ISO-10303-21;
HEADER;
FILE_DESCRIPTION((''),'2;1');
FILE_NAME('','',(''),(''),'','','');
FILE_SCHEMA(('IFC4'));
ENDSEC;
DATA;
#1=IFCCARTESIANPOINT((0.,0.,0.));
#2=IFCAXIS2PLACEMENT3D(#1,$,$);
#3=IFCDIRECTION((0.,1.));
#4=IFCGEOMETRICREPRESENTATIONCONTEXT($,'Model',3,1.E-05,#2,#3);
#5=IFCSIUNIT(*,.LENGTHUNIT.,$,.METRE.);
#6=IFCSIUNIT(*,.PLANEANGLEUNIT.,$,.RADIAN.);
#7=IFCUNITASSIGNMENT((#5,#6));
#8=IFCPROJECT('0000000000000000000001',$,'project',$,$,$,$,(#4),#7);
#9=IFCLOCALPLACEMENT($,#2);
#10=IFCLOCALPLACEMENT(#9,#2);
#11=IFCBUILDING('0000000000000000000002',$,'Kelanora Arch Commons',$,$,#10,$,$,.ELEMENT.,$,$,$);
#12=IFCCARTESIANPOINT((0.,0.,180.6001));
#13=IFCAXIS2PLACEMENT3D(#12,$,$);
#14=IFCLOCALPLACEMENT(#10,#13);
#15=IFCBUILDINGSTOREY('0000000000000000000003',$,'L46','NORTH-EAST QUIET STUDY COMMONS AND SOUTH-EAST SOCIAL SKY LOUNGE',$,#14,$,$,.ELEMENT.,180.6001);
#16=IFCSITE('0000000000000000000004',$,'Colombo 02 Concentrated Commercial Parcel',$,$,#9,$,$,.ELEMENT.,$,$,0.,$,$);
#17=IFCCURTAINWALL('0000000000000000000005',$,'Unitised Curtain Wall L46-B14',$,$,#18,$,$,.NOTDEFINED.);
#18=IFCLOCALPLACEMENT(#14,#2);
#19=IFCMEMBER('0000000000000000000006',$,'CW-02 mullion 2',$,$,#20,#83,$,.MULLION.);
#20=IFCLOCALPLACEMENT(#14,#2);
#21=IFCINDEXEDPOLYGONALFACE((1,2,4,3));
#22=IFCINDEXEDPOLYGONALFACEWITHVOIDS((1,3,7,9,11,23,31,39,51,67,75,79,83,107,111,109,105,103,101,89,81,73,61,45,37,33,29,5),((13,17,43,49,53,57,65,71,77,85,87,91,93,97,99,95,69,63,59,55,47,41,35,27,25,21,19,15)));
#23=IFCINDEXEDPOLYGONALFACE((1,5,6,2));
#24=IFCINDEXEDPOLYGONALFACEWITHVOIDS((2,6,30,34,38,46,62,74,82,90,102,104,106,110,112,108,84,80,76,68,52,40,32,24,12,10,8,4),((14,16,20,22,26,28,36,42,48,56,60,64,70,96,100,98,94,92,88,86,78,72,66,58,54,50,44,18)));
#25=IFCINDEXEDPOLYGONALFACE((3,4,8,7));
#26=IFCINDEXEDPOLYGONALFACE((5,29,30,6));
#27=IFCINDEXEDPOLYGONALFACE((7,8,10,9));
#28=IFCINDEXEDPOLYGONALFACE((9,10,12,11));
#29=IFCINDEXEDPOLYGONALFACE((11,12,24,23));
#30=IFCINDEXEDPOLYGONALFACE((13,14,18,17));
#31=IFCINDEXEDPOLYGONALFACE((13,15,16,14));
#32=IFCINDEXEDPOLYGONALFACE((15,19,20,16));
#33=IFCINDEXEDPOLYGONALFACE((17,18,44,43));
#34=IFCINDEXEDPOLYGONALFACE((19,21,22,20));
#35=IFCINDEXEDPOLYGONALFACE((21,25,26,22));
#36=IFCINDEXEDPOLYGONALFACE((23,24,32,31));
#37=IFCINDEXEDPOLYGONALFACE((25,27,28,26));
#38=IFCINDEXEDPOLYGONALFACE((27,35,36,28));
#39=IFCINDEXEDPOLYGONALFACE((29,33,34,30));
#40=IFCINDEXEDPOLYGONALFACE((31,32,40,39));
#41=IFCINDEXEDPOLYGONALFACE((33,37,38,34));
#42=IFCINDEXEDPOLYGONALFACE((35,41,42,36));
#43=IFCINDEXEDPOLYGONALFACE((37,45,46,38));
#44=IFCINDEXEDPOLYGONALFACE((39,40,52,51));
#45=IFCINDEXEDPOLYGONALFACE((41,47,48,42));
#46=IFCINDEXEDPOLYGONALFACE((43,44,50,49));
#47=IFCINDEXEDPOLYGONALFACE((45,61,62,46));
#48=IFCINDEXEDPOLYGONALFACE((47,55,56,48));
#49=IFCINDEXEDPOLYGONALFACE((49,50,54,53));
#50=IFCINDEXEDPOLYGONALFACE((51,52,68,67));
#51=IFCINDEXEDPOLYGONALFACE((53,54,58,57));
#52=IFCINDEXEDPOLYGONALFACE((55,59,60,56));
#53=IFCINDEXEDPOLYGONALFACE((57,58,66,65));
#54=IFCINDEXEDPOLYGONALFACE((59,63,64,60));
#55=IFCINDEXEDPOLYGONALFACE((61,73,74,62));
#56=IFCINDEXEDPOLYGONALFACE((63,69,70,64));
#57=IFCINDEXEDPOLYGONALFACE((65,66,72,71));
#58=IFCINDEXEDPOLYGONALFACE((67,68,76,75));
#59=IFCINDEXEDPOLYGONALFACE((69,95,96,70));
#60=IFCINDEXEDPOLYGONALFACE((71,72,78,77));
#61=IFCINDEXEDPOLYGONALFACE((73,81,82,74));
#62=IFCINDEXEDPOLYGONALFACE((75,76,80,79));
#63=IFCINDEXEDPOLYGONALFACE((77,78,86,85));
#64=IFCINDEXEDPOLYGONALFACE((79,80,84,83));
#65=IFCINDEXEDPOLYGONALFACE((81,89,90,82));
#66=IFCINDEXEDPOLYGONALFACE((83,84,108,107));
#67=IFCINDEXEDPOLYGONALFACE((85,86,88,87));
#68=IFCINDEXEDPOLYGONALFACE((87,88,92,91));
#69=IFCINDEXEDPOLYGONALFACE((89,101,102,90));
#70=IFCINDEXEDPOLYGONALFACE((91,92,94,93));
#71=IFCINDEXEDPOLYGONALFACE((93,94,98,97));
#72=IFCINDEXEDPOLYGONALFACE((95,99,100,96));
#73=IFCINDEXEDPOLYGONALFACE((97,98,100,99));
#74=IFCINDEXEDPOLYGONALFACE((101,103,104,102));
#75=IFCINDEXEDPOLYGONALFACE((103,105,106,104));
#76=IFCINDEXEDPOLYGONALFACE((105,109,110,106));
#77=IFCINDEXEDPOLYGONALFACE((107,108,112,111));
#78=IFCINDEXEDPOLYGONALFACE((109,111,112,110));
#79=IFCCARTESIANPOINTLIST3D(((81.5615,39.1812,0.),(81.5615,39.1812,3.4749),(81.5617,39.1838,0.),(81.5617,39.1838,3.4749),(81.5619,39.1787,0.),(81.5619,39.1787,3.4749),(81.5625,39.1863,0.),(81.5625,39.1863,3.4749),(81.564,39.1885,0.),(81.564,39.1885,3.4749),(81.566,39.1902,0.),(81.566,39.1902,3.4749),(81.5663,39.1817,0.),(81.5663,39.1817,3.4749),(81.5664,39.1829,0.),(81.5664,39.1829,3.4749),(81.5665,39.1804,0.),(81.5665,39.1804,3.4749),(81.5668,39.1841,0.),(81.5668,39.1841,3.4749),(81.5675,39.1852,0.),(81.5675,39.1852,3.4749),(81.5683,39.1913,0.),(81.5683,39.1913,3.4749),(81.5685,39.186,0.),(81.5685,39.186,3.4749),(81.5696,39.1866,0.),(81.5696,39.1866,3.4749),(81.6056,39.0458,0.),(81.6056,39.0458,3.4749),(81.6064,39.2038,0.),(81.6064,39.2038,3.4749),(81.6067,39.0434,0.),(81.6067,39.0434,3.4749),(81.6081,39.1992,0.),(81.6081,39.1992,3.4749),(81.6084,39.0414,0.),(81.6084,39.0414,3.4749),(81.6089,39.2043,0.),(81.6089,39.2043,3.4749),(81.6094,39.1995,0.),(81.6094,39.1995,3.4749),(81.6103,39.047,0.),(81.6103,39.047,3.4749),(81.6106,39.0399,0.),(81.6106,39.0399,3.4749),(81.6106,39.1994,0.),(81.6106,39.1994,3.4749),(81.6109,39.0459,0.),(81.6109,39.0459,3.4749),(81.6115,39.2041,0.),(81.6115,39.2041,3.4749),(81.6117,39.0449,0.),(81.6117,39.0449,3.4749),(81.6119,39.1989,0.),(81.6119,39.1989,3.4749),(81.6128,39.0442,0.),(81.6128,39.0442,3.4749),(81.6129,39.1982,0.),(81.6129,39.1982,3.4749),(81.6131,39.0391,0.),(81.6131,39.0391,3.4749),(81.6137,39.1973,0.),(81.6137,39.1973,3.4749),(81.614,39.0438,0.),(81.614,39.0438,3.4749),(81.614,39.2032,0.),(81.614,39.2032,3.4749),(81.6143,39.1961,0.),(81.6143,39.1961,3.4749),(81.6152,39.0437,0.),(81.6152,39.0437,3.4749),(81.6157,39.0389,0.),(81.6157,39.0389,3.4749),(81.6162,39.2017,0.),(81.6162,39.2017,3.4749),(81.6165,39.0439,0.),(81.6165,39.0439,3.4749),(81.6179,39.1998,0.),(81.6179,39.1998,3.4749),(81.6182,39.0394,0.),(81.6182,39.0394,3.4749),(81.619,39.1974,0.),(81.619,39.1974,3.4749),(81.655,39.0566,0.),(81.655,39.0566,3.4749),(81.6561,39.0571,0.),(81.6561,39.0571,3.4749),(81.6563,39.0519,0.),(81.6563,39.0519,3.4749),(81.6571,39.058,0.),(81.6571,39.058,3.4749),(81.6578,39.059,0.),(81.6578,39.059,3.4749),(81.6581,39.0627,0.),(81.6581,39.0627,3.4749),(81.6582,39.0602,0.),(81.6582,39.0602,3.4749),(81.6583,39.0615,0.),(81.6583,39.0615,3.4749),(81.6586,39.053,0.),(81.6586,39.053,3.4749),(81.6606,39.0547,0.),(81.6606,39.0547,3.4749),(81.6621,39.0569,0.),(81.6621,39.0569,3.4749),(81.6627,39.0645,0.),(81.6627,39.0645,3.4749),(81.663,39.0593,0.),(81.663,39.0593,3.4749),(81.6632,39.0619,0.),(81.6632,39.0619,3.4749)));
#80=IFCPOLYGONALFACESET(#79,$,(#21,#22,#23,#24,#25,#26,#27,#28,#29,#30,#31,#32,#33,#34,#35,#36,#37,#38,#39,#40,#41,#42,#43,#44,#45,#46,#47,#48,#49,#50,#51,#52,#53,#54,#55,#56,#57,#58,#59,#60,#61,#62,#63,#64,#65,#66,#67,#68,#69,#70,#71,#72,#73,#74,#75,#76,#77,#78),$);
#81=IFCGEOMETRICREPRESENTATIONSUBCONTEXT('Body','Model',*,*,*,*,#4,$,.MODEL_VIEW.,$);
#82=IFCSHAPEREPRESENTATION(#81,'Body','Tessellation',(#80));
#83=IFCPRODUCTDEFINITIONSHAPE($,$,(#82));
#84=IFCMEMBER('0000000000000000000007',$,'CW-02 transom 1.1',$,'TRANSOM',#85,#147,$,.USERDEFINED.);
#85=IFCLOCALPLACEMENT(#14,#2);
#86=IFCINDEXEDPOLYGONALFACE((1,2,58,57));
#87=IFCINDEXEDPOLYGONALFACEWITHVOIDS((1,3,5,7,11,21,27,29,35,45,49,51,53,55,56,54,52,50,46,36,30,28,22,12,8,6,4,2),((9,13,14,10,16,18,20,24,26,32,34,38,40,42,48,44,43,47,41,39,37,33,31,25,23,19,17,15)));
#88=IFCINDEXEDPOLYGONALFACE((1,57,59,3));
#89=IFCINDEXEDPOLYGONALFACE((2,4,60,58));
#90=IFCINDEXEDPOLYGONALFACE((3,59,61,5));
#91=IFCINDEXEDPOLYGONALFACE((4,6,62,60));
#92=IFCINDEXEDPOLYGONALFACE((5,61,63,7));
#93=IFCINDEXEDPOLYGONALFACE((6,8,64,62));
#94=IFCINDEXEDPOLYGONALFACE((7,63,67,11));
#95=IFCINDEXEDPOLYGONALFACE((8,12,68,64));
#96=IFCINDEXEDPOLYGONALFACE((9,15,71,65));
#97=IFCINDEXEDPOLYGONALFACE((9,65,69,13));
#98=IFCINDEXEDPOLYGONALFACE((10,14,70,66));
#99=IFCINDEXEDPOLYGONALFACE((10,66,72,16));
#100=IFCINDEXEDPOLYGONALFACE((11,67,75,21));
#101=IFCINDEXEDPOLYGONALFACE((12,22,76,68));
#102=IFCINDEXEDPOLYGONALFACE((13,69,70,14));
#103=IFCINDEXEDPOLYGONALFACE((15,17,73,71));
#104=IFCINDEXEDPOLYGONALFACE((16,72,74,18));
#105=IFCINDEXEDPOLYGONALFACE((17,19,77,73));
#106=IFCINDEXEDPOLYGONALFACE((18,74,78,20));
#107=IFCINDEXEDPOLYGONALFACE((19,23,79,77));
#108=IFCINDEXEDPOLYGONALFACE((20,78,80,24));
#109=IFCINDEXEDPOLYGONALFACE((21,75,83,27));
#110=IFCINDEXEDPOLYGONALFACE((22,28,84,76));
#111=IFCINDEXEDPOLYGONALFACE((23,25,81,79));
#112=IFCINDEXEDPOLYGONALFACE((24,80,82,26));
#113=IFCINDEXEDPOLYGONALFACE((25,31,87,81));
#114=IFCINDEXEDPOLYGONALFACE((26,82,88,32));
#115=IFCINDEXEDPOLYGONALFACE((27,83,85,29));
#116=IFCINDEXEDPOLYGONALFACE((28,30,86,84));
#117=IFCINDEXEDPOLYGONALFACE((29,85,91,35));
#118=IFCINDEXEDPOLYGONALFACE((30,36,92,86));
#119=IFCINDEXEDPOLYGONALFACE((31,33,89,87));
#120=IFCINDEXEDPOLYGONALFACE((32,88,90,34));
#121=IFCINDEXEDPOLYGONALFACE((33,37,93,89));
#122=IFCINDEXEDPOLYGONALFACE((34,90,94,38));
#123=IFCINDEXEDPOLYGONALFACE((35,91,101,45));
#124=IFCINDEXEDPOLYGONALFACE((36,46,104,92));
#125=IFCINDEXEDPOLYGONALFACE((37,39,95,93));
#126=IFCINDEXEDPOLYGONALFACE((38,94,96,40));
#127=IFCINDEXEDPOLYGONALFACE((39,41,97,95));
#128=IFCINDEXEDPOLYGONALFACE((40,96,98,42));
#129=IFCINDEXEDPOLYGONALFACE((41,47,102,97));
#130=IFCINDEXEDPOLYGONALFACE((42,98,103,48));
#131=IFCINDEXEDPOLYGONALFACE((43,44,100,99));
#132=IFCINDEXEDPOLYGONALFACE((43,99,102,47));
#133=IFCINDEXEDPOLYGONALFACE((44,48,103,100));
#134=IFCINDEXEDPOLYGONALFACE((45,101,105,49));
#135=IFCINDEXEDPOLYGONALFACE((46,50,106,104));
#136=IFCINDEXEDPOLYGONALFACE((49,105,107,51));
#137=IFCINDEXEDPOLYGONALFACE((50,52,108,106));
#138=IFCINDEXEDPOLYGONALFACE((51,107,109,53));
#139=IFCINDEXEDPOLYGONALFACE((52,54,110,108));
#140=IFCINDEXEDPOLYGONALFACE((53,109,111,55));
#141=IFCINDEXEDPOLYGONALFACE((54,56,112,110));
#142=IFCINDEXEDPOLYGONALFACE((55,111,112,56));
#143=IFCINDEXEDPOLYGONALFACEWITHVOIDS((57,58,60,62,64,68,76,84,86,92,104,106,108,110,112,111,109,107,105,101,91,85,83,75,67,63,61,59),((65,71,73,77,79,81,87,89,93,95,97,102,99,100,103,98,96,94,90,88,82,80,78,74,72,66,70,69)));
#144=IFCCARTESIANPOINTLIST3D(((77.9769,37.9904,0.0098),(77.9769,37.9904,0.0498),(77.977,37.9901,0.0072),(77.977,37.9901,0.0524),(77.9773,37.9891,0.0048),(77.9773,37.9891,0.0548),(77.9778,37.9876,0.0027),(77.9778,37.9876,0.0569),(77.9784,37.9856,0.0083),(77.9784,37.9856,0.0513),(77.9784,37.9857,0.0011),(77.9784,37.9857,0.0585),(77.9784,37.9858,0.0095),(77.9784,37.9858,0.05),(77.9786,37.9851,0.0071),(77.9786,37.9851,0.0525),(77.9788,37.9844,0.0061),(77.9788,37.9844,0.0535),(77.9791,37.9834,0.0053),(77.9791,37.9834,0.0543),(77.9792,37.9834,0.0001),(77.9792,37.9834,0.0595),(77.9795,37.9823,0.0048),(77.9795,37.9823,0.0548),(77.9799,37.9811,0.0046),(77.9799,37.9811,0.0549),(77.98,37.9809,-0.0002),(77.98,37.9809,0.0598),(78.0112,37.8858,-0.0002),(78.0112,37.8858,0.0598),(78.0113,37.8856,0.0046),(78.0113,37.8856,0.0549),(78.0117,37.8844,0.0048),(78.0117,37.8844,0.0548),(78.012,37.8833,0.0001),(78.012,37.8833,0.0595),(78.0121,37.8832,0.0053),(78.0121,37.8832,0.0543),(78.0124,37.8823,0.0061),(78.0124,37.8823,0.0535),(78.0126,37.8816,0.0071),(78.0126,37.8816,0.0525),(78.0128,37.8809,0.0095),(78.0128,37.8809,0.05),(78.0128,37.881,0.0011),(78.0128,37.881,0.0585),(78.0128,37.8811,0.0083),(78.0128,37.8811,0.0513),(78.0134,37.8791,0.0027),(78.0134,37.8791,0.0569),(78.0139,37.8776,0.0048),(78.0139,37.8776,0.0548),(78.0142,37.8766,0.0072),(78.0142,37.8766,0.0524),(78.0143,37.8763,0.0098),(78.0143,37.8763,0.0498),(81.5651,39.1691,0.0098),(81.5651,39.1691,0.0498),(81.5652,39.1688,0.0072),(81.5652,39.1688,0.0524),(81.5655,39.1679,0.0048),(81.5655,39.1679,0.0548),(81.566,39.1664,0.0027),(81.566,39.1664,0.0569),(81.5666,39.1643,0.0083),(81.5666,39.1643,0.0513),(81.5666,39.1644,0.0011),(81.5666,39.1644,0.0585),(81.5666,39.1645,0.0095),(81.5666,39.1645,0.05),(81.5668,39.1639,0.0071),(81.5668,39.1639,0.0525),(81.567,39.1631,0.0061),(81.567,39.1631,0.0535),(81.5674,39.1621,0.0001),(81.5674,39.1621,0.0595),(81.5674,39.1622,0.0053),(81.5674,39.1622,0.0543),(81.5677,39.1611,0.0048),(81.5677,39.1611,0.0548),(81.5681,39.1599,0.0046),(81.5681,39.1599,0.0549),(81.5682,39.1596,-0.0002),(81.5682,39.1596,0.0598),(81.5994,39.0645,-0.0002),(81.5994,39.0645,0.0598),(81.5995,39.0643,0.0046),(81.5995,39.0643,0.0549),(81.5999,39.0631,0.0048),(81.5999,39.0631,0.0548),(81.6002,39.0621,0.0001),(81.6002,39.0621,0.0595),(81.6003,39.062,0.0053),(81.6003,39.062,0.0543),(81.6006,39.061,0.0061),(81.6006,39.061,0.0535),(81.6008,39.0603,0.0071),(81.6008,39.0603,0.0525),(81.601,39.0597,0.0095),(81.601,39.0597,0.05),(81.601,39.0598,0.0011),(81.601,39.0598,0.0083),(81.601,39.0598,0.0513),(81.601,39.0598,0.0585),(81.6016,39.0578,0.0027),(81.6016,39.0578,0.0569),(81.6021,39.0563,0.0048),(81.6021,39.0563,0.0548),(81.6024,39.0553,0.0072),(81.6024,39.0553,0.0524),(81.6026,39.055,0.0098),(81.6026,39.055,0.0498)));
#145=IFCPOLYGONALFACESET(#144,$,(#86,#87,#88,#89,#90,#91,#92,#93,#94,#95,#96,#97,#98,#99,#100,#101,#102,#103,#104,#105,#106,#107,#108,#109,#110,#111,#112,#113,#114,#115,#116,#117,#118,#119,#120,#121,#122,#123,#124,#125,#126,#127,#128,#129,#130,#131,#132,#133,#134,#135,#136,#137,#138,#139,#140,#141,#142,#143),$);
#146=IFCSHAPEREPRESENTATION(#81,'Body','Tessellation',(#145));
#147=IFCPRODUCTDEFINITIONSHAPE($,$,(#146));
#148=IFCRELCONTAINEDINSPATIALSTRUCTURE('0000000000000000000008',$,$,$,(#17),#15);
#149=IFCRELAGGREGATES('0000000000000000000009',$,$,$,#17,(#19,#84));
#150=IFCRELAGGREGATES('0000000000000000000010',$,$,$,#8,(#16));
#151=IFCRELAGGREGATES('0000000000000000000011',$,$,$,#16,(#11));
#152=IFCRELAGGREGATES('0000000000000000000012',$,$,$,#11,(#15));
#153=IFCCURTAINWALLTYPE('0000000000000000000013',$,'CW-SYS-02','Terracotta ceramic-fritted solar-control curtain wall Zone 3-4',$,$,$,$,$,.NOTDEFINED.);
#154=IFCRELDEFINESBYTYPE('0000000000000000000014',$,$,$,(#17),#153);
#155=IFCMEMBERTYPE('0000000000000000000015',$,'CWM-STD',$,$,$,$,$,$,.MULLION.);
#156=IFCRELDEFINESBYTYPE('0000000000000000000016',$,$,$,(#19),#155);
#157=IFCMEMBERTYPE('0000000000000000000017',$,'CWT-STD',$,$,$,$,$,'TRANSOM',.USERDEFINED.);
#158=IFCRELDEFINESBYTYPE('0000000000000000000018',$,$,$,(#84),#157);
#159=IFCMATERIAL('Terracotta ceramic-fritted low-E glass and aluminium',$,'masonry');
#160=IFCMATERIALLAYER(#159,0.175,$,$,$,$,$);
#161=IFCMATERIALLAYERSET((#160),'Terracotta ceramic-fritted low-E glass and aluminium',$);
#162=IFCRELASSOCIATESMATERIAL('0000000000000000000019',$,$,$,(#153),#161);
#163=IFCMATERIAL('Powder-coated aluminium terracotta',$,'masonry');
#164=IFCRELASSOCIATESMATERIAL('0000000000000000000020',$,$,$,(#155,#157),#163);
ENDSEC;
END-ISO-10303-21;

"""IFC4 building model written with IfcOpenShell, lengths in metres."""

from ifc_helpers import new_model, si_unit, direction, frame, origin, origin_2d, place, context, subcontext, project, spatial, hollow_rectangle, extrude, material, layer, layer_set, material_profile, profile_set, type_object, element, aggregate, save


model = new_model("IFC4")

# Units and contexts
model_context = context("Model", 3, precision=1e-05, world=origin(), true_north=direction((0.0, 1.0)))
body_context = subcontext(model_context, "Body", "Model", "MODEL_VIEW")
ifc_project = project(units=[si_unit("LENGTHUNIT", "METRE"), si_unit("PLANEANGLEUNIT", "RADIAN")], contexts=[model_context])

# Site, building, storey
site_placement = place(None, origin())
site = spatial("IfcSite", under=ifc_project, at=site_placement, Name="Colombo 02 Concentrated Commercial Parcel", CompositionType="ELEMENT", RefElevation=0.0)
building_placement = place(site_placement, origin())
building = spatial("IfcBuilding", under=site, at=building_placement, Name="Kelanora Arch Commons", CompositionType="ELEMENT")
storey_placement = place(building_placement, frame((0.0, 0.0, 180.6001)))
storey = spatial("IfcBuildingStorey", under=building, at=storey_placement, Name="L46", Description="NORTH-EAST QUIET STUDY COMMONS AND SOUTH-EAST SOCIAL SKY LOUNGE", CompositionType="ELEMENT", Elevation=180.6001)

# Curtain wall, members
ifc_material_1 = material(Name="Terracotta ceramic-fritted low-E glass and aluminium", Category="masonry")
ifc_layer_1 = layer(ifc_material_1, 0.175)
ifc_layer_set_1 = layer_set([ifc_layer_1], Name="Terracotta ceramic-fritted low-E glass and aluminium")
curtain_wall_type = type_object("IfcCurtainWallType", Name="CW-SYS-02", Description="Terracotta ceramic-fritted solar-control curtain wall Zone 3-4", PredefinedType="NOTDEFINED", material=ifc_layer_set_1)
curtain_wall_placement = place(storey_placement, origin())
curtain_wall = element("IfcCurtainWall", 1, at=curtain_wall_placement, inside=storey, type_object=curtain_wall_type, Name="Unitised Curtain Wall L46-B14", PredefinedType="NOTDEFINED")
ifc_material_2 = material(Name="Powder-coated aluminium terracotta", Category="masonry")
ifc_material_profile_1 = material_profile(ifc_material_2, hollow_rectangle(XDim=0.1599, YDim=0.0601, WallThickness=0.0049, InnerFilletRadius=0.0049, OuterFilletRadius=0.01, at=origin_2d()), Name="CWM160x60")
ifc_profile_set_1 = profile_set([ifc_material_profile_1], Name="Powder-coated aluminium terracotta")
member_type_1 = type_object("IfcMemberType", Name="CWM-STD", PredefinedType="MULLION", material=ifc_profile_set_1)
member_1_placement = place(storey_placement, frame((81.6123, 39.1216, 0.0), z_axis=(0.0, 0.0, 1.0), x_axis=(-0.312128, 0.95004, 0.0)))
member_1 = element("IfcMember", 2, at=member_1_placement, type_object=member_type_1, Name="CW-02 mullion 2", PredefinedType="MULLION", context=body_context, shape_type="SweptSolid", body=[
    extrude(hollow_rectangle(XDim=0.1599, YDim=0.0601, WallThickness=0.0049, InnerFilletRadius=0.0049, OuterFilletRadius=0.01, at=origin_2d()), origin(), (0.0, 0.0, 1.0), 3.4749),
])
ifc_material_profile_2 = material_profile(ifc_material_2, hollow_rectangle(XDim=0.1201, YDim=0.0601, WallThickness=0.0049, InnerFilletRadius=0.0049, OuterFilletRadius=0.01, at=origin_2d()), Name="CWT120x60")
ifc_profile_set_2 = profile_set([ifc_material_profile_2], Name="Powder-coated aluminium terracotta")
member_type_2 = type_object("IfcMemberType", Name="CWT-STD", ElementType="TRANSOM", PredefinedType="USERDEFINED", material=ifc_profile_set_2)
member_2_placement = place(storey_placement, frame((77.9956, 37.9333, 0.0298), z_axis=(0.950051, 0.312094, 0.0), x_axis=(-0.312094, 0.950051, 0.0)))
member_2 = element("IfcMember", 3, at=member_2_placement, type_object=member_type_2, Name="CW-02 transom 1.1", ObjectType="TRANSOM", PredefinedType="USERDEFINED", context=body_context, shape_type="SweptSolid", body=[
    extrude(hollow_rectangle(XDim=0.1201, YDim=0.0601, WallThickness=0.0049, InnerFilletRadius=0.0049, OuterFilletRadius=0.01, at=origin_2d()), origin(), (0.0, 0.0, 1.0), 3.7769),
])
aggregate(curtain_wall, [member_1, member_2])

save(model, "model.ifc")
